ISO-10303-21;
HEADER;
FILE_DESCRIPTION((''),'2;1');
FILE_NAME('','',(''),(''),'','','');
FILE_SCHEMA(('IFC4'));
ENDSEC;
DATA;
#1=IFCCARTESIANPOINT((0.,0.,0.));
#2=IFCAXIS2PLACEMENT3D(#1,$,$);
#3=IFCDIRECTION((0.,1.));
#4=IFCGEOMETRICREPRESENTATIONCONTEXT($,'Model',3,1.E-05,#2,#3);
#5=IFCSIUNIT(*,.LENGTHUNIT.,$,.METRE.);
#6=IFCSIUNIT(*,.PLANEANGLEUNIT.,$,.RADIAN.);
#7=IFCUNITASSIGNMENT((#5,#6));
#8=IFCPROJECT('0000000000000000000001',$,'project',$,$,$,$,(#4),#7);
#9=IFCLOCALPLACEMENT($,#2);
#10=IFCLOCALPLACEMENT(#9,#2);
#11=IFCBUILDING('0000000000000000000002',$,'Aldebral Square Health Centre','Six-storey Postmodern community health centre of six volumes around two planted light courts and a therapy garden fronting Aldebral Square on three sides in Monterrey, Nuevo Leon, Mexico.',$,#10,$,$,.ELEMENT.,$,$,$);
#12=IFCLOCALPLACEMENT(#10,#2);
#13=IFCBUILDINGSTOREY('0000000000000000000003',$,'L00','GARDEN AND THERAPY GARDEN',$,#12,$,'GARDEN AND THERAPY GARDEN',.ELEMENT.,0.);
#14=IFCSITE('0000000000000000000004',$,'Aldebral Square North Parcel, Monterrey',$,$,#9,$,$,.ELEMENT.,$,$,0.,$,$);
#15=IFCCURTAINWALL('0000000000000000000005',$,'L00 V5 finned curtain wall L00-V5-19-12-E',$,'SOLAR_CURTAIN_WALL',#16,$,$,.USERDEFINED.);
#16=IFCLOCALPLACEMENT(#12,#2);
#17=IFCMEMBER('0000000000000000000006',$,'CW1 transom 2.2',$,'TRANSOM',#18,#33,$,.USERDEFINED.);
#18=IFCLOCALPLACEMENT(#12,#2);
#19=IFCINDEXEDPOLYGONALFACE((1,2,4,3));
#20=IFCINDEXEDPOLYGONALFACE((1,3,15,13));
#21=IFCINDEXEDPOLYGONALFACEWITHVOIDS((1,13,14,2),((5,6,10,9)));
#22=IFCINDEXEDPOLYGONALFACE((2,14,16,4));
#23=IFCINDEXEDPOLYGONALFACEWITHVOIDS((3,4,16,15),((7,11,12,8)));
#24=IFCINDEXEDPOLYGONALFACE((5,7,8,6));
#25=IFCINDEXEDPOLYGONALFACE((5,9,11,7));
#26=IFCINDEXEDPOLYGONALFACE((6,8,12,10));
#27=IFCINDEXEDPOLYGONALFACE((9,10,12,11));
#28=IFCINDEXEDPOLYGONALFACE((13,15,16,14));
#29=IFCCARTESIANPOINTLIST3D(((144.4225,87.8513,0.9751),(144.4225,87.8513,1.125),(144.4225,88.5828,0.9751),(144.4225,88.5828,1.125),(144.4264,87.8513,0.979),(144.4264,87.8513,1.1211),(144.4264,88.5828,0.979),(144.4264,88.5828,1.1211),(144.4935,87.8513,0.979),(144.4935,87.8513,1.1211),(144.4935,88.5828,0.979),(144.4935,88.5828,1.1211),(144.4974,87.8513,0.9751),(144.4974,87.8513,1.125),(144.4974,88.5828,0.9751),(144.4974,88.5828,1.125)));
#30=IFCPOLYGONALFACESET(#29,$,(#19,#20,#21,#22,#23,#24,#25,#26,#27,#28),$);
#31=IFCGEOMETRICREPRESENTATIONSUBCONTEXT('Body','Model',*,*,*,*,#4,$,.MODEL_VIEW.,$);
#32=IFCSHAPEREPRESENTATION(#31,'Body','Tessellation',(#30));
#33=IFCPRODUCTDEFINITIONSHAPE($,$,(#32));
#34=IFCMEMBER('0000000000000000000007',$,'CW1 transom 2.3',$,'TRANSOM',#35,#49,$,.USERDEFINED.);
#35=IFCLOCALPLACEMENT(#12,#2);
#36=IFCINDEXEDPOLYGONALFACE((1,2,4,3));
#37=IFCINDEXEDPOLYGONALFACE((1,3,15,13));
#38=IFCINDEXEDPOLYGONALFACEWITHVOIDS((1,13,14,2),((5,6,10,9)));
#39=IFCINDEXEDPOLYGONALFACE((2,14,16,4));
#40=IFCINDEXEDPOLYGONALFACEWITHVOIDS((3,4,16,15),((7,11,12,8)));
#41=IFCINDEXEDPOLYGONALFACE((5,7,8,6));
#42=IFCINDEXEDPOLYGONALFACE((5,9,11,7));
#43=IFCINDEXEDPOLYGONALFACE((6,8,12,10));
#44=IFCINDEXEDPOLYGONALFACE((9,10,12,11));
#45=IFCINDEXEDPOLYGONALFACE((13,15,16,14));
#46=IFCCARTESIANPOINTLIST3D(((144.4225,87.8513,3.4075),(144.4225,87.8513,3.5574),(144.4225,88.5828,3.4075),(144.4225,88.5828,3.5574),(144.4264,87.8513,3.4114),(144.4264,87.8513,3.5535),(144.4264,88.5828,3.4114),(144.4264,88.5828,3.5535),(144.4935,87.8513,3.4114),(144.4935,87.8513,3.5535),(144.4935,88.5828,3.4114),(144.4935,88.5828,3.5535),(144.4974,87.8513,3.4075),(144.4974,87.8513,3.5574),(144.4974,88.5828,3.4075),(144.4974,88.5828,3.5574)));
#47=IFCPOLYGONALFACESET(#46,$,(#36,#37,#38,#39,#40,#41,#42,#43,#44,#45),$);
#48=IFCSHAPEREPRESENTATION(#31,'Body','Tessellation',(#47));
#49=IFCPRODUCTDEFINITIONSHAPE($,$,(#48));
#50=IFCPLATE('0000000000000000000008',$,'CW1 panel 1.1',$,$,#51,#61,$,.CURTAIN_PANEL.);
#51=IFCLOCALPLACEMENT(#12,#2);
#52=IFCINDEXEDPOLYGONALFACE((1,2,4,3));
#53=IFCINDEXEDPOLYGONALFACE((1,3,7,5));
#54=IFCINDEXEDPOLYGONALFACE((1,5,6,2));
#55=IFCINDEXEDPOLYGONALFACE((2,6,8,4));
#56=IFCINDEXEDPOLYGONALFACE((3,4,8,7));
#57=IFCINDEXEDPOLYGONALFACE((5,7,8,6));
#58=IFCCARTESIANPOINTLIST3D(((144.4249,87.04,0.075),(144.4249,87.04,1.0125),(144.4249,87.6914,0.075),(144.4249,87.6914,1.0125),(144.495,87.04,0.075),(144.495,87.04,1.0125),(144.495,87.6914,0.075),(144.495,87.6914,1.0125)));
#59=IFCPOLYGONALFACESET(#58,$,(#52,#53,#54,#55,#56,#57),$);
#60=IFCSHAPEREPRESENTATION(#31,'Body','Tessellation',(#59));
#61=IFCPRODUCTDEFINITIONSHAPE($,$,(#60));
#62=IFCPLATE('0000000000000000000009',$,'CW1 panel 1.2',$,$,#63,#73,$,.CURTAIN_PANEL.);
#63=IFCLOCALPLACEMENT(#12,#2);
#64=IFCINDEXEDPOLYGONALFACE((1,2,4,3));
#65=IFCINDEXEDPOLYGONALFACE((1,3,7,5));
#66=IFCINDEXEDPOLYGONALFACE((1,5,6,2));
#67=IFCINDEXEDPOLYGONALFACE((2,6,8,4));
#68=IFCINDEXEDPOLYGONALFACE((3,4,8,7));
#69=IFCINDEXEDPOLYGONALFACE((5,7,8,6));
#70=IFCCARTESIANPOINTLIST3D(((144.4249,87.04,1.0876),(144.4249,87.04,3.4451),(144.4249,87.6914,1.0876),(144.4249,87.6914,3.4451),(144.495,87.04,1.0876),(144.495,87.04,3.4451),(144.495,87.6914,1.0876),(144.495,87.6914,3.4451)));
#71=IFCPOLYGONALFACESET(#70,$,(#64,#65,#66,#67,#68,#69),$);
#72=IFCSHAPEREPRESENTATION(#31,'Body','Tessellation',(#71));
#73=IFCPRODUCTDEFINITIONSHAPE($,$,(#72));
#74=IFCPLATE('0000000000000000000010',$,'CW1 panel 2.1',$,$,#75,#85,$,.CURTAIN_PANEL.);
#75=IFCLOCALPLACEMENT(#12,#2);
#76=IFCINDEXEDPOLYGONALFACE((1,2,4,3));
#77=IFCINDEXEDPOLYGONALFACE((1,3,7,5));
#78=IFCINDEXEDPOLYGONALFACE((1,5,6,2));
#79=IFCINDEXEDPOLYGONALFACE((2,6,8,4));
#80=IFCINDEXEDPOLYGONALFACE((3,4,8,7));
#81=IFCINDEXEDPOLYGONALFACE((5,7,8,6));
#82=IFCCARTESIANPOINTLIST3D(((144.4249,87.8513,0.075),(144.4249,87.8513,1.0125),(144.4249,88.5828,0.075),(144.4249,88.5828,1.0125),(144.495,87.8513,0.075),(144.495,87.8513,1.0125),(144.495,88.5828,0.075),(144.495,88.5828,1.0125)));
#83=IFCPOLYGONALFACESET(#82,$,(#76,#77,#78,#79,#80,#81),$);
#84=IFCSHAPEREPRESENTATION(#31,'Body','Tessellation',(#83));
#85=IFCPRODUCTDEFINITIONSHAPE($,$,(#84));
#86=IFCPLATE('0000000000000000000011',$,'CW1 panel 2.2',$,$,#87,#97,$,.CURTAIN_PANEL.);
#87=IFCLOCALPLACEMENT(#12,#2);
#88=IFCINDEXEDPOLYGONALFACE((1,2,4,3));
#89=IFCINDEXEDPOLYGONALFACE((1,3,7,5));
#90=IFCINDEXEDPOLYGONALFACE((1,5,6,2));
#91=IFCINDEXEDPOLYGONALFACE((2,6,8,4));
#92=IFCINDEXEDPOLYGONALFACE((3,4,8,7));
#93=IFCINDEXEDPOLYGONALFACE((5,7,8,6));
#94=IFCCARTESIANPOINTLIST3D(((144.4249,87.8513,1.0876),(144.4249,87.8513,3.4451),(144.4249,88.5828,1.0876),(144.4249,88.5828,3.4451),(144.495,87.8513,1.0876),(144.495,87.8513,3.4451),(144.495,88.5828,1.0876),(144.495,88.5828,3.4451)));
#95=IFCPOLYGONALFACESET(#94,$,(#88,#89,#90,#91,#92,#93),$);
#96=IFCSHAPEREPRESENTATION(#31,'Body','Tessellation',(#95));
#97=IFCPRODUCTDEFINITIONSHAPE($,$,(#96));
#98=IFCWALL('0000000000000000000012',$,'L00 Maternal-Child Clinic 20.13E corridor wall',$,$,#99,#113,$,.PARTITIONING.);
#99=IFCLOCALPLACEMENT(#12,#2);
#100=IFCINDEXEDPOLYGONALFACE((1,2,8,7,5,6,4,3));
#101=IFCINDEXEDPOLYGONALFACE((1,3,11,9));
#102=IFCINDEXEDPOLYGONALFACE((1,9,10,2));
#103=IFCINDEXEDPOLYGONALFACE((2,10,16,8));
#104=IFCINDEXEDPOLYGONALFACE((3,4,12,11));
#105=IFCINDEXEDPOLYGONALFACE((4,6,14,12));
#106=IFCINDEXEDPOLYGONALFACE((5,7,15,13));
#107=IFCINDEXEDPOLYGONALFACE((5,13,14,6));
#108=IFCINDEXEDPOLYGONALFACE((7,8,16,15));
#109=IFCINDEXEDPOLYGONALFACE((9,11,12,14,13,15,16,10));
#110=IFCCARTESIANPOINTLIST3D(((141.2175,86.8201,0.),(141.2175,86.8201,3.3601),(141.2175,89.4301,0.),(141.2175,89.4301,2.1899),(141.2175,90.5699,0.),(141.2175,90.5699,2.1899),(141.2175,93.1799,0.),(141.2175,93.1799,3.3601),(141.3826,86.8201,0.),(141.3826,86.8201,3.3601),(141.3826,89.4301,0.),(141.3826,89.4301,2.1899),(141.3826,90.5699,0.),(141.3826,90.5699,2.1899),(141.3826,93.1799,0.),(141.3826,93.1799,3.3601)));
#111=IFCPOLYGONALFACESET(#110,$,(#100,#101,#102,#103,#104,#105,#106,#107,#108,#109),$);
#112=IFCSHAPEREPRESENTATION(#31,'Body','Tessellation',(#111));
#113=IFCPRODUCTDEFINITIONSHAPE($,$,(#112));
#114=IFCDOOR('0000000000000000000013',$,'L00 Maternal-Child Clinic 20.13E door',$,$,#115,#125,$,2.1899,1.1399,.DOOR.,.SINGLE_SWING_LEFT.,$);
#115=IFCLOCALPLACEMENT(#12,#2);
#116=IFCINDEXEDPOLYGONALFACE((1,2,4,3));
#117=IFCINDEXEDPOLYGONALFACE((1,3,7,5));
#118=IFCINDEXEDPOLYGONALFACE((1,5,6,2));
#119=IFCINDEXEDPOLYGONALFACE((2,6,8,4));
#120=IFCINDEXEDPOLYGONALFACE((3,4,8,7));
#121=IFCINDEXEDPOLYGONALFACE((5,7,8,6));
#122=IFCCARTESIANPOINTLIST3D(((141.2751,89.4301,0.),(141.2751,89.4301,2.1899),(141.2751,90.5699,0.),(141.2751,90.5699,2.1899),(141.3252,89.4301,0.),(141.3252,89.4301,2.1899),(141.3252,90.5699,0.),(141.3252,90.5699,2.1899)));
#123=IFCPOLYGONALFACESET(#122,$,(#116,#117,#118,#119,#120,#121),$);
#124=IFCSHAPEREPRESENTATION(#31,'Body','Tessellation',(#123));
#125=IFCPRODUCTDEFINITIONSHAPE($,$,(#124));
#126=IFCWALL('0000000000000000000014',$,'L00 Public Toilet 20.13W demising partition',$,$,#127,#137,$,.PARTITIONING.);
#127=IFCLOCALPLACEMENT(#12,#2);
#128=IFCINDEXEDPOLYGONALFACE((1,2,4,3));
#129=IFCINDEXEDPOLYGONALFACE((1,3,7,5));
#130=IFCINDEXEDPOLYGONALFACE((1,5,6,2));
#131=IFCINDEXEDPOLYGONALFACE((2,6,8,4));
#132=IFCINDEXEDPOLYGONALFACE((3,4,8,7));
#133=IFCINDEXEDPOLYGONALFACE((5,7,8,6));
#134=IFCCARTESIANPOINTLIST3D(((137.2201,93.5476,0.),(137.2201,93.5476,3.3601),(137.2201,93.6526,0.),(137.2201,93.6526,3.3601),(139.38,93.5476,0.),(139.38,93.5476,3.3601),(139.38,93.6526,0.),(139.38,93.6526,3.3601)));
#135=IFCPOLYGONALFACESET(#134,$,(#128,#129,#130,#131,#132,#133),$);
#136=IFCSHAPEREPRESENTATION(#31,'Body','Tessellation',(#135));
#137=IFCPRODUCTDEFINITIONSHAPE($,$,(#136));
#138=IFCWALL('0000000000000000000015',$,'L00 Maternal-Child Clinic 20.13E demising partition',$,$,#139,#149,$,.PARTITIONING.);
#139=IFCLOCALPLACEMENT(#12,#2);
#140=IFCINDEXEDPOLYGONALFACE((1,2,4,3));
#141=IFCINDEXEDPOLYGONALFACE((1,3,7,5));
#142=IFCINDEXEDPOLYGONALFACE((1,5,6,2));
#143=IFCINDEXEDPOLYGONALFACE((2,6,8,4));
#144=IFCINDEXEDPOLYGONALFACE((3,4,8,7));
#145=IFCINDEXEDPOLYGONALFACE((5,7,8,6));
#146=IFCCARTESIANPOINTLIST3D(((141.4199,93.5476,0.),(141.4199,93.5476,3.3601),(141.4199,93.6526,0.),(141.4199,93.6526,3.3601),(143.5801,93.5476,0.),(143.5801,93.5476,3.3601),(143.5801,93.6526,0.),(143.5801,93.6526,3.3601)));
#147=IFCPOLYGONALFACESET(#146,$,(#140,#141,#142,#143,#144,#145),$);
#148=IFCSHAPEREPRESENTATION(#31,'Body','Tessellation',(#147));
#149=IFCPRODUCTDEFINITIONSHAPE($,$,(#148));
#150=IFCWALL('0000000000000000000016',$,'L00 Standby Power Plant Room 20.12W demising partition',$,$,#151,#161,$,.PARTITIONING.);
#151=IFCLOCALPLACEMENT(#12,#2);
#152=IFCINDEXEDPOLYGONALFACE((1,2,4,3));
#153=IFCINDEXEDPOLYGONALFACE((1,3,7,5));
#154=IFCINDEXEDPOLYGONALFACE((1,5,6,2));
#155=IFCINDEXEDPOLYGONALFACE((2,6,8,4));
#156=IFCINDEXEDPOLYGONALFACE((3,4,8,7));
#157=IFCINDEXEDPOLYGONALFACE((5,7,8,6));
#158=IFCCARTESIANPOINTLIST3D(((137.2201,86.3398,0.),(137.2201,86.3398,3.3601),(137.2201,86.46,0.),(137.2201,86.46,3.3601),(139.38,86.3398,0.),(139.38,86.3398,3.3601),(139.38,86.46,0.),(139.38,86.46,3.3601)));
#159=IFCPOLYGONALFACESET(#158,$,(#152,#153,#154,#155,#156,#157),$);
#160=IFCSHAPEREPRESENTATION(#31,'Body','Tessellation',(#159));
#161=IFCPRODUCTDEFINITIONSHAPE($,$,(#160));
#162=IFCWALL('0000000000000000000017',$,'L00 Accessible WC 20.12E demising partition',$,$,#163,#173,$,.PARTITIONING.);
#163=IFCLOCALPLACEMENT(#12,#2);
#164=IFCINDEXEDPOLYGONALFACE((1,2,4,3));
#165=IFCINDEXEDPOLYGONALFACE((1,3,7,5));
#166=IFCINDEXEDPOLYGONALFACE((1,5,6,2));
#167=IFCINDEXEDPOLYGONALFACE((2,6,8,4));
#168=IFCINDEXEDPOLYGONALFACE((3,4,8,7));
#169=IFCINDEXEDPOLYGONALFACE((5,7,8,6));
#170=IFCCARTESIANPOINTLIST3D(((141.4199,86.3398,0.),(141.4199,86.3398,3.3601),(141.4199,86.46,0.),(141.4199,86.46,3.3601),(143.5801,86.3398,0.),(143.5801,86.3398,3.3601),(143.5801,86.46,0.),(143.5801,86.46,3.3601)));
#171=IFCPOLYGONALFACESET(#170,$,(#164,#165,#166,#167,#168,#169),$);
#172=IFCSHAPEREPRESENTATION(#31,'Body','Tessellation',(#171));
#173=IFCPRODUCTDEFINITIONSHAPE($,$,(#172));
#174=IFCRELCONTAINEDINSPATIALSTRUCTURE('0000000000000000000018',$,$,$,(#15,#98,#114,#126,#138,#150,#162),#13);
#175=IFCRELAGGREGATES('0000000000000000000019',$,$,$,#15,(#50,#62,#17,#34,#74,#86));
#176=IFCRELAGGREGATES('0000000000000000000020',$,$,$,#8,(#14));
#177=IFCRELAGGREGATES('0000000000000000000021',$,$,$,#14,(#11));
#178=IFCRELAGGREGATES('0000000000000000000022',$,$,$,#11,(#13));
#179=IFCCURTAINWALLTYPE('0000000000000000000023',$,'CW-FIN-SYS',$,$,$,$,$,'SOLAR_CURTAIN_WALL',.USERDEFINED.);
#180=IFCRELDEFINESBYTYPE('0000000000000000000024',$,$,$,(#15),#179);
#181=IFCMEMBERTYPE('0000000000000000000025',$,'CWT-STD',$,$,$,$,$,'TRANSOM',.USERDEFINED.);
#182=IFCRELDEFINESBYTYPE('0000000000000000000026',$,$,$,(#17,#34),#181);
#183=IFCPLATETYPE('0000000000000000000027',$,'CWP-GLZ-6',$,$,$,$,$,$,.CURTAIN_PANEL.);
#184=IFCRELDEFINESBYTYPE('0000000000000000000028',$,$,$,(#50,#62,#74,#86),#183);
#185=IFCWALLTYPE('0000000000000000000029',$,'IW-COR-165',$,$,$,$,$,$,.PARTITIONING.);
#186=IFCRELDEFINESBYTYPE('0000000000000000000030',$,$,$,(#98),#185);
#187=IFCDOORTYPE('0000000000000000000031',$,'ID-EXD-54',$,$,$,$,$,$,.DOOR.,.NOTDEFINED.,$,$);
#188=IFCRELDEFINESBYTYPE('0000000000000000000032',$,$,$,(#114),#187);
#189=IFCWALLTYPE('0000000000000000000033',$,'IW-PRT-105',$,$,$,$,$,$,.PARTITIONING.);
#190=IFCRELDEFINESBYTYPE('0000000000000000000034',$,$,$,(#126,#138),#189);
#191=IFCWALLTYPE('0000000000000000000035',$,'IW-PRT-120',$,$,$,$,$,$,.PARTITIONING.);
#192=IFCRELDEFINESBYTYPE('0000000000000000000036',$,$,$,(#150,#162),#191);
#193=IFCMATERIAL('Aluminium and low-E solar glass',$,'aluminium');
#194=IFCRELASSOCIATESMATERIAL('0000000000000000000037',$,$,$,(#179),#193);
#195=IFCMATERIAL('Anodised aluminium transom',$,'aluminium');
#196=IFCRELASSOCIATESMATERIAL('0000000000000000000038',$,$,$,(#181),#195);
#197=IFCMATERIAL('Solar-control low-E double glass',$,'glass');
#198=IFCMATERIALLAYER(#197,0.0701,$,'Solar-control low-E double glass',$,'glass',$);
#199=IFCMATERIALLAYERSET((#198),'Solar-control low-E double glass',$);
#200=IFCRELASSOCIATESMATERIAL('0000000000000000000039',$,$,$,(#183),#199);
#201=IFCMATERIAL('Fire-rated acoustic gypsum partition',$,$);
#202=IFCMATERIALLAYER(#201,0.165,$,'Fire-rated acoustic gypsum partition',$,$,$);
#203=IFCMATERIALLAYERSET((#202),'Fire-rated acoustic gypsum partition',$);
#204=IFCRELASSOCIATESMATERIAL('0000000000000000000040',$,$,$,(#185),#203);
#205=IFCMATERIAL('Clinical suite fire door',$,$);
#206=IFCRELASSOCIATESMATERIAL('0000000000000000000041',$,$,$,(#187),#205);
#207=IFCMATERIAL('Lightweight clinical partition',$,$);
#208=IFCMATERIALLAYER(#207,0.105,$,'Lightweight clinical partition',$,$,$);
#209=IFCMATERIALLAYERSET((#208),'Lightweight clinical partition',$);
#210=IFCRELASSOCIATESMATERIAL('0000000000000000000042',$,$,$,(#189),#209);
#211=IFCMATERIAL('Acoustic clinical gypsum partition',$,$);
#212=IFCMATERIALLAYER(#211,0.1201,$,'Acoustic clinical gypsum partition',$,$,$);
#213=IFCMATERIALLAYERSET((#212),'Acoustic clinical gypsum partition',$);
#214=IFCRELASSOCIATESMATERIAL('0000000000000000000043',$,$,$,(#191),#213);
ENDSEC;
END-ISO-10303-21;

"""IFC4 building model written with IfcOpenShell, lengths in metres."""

from ifc_helpers import new_model, si_unit, direction, frame, frame_2d, origin, origin_2d, place, context, subcontext, project, spatial, rectangle, hollow_rectangle, extrude, material, layer, layer_set, material_profile, profile_set, type_object, element, fill, aggregate, save


model = new_model("IFC4")

# Units and contexts
model_context = context("Model", 3, precision=1e-05, world=origin(), true_north=direction((0.0, 1.0)))
body_context = subcontext(model_context, "Body", "Model", "MODEL_VIEW")
ifc_project = project(units=[si_unit("LENGTHUNIT", "METRE"), si_unit("PLANEANGLEUNIT", "RADIAN")], contexts=[model_context])

# Site, building, storey
site_placement = place(None, origin())
site = spatial("IfcSite", under=ifc_project, at=site_placement, Name="Aldebral Square North Parcel, Monterrey", CompositionType="ELEMENT", RefElevation=0.0)
building_placement = place(site_placement, origin())
building = spatial("IfcBuilding", under=site, at=building_placement, Name="Aldebral Square Health Centre", Description="Six-storey Postmodern community health centre of six volumes around two planted light courts and a therapy garden fronting Aldebral Square on three sides in Monterrey, Nuevo Leon, Mexico.", CompositionType="ELEMENT")
storey_placement = place(building_placement, origin())
storey = spatial("IfcBuildingStorey", under=building, at=storey_placement, Name="L00", Description="GARDEN AND THERAPY GARDEN", LongName="GARDEN AND THERAPY GARDEN", CompositionType="ELEMENT", Elevation=0.0)

# Curtain wall, members, plates
ifc_material_1 = material(Name="Aluminium and low-E solar glass", Category="aluminium")
curtain_wall_type = type_object("IfcCurtainWallType", Name="CW-FIN-SYS", ElementType="SOLAR_CURTAIN_WALL", PredefinedType="USERDEFINED", material=ifc_material_1)
curtain_wall_placement = place(storey_placement, origin())
curtain_wall = element("IfcCurtainWall", 1, at=curtain_wall_placement, inside=storey, type_object=curtain_wall_type, Name="L00 V5 finned curtain wall L00-V5-19-12-E", ObjectType="SOLAR_CURTAIN_WALL", PredefinedType="USERDEFINED")
ifc_material_2 = material(Name="Anodised aluminium transom", Category="aluminium")
ifc_material_profile_1 = material_profile(ifc_material_2, hollow_rectangle(XDim=0.075, YDim=0.1499, WallThickness=0.0039, at=origin_2d()), Name="CWT 75x150x4")
ifc_profile_set_1 = profile_set([ifc_material_profile_1], Name="Anodised aluminium transom")
member_type_1 = type_object("IfcMemberType", Name="CWT-STD", ElementType="TRANSOM", PredefinedType="USERDEFINED", material=ifc_profile_set_1)
member_1_placement = place(storey_placement, frame((144.46, 87.8513, 1.05), z_axis=(0.0, 1.0, 0.0), x_axis=(-1.0, 0.0, 0.0)))
member_1 = element("IfcMember", 2, at=member_1_placement, type_object=member_type_1, Name="CW1 transom 2.2", ObjectType="TRANSOM", PredefinedType="USERDEFINED", context=body_context, shape_type="SweptSolid", body=[
    extrude(hollow_rectangle(XDim=0.075, YDim=0.1499, WallThickness=0.0039, at=origin_2d()), origin(), (0.0, 0.0, 1.0), 0.7314),
])
member_2_placement = place(storey_placement, frame((144.46, 87.8513, 3.4824), z_axis=(0.0, 1.0, 0.0), x_axis=(-1.0, 0.0, 0.0)))
member_2 = element("IfcMember", 3, at=member_2_placement, type_object=member_type_1, Name="CW1 transom 2.3", ObjectType="TRANSOM", PredefinedType="USERDEFINED", context=body_context, shape_type="SweptSolid", body=[
    extrude(hollow_rectangle(XDim=0.075, YDim=0.1499, WallThickness=0.0039, at=origin_2d()), origin(), (0.0, 0.0, 1.0), 0.7314),
])
ifc_material_3 = material(Name="Solar-control low-E double glass", Category="glass")
ifc_layer_1 = layer(ifc_material_3, 0.0701, Name="Solar-control low-E double glass", Category="glass")
ifc_layer_set_1 = layer_set([ifc_layer_1], Name="Solar-control low-E double glass")
plate_type = type_object("IfcPlateType", Name="CWP-GLZ-6", PredefinedType="CURTAIN_PANEL", material=ifc_layer_set_1)
plate_1_placement = place(storey_placement, frame((144.46, 87.3657, 0.075), z_axis=(0.0, 0.0, 1.0), x_axis=(0.0, 1.0, 0.0)))
plate_1 = element("IfcPlate", 4, at=plate_1_placement, type_object=plate_type, Name="CW1 panel 1.1", PredefinedType="CURTAIN_PANEL", context=body_context, shape_type="SweptSolid", body=[
    extrude(rectangle(XDim=0.6514, YDim=0.0701, at=origin_2d()), origin(), (0.0, 0.0, 1.0), 0.9375),
])
plate_2_placement = place(storey_placement, frame((144.46, 87.3657, 1.0876), z_axis=(0.0, 0.0, 1.0), x_axis=(0.0, 1.0, 0.0)))
plate_2 = element("IfcPlate", 5, at=plate_2_placement, type_object=plate_type, Name="CW1 panel 1.2", PredefinedType="CURTAIN_PANEL", context=body_context, shape_type="SweptSolid", body=[
    extrude(rectangle(XDim=0.6514, YDim=0.0701, at=origin_2d()), origin(), (0.0, 0.0, 1.0), 2.3574),
])
plate_3_placement = place(storey_placement, frame((144.46, 88.217, 0.075), z_axis=(0.0, 0.0, 1.0), x_axis=(0.0, 1.0, 0.0)))
plate_3 = element("IfcPlate", 6, at=plate_3_placement, type_object=plate_type, Name="CW1 panel 2.1", PredefinedType="CURTAIN_PANEL", context=body_context, shape_type="SweptSolid", body=[
    extrude(rectangle(XDim=0.7314, YDim=0.0701, at=origin_2d()), origin(), (0.0, 0.0, 1.0), 0.9375),
])
plate_4_placement = place(storey_placement, frame((144.46, 88.217, 1.0876), z_axis=(0.0, 0.0, 1.0), x_axis=(0.0, 1.0, 0.0)))
plate_4 = element("IfcPlate", 7, at=plate_4_placement, type_object=plate_type, Name="CW1 panel 2.2", PredefinedType="CURTAIN_PANEL", context=body_context, shape_type="SweptSolid", body=[
    extrude(rectangle(XDim=0.7314, YDim=0.0701, at=origin_2d()), origin(), (0.0, 0.0, 1.0), 2.3574),
])
aggregate(curtain_wall, [plate_1, plate_2, member_1, member_2, plate_3, plate_4])

# Wall, opening, door
ifc_material_4 = material(Name="Fire-rated acoustic gypsum partition")
ifc_layer_2 = layer(ifc_material_4, 0.165, Name="Fire-rated acoustic gypsum partition")
ifc_layer_set_2 = layer_set([ifc_layer_2], Name="Fire-rated acoustic gypsum partition")
wall_type_1 = type_object("IfcWallType", Name="IW-COR-165", PredefinedType="PARTITIONING", material=ifc_layer_set_2)
wall_1_placement = place(storey_placement, frame((141.3, 86.8201, 0.0), z_axis=(0.0, 0.0, 1.0), x_axis=(0.0, 1.0, 0.0)))
wall_1 = element("IfcWall", 8, at=wall_1_placement, inside=storey, type_object=wall_type_1, Name="L00 Maternal-Child Clinic 20.13E corridor wall", PredefinedType="PARTITIONING", context=body_context, shape_type="SweptSolid", body=[
    extrude(rectangle(XDim=6.3599, YDim=0.165, at=frame_2d((3.1799, 0.0))), origin(), (0.0, 0.0, 1.0), 3.3601),
])
opening_1_placement = place(wall_1_placement, frame((2.6101, 0.0, 0.0)))
opening_1 = element("IfcOpeningElement", 9, at=opening_1_placement, cuts=wall_1, PredefinedType="OPENING", context=body_context, shape_type="SweptSolid", body=[
    extrude(rectangle(XDim=1.1399, YDim=2.1899, at=frame_2d((0.5698, 1.095))), frame((0.0, 0.0925, 0.0), z_axis=(0.0, -1.0, 0.0), x_axis=(1.0, 0.0, 0.0)), (0.0, 0.0, 1.0), 0.1851),
])
ifc_material_5 = material(Name="Clinical suite fire door")
door_type_1 = type_object("IfcDoorType", Name="ID-EXD-54", OperationType="NOTDEFINED", PredefinedType="DOOR", material=ifc_material_5)
door_1_placement = place(opening_1_placement, origin())
door_1 = element("IfcDoor", 10, at=door_1_placement, inside=storey, type_object=door_type_1, Name="L00 Maternal-Child Clinic 20.13E door", OperationType="SINGLE_SWING_LEFT", OverallHeight=2.1899, OverallWidth=1.1399, PredefinedType="DOOR", context=body_context, shape_type="SweptSolid", body=[
    extrude(rectangle(XDim=1.1399, YDim=2.1899, at=frame_2d((0.5698, 1.095))), frame((0.0, 0.0249, 0.0), z_axis=(0.0, -1.0, 0.0), x_axis=(1.0, 0.0, 0.0)), (0.0, 0.0, 1.0), 0.05),
])
fill(opening_1, door_1)

# Walls
ifc_material_6 = material(Name="Lightweight clinical partition")
ifc_layer_3 = layer(ifc_material_6, 0.105, Name="Lightweight clinical partition")
ifc_layer_set_3 = layer_set([ifc_layer_3], Name="Lightweight clinical partition")
wall_type_2 = type_object("IfcWallType", Name="IW-PRT-105", PredefinedType="PARTITIONING", material=ifc_layer_set_3)
wall_2_placement = place(storey_placement, frame((137.22, 93.6001, 0.0), z_axis=(0.0, 0.0, 1.0), x_axis=(1.0, 0.0, 0.0)))
element("IfcWall", 11, at=wall_2_placement, inside=storey, type_object=wall_type_2, Name="L00 Public Toilet 20.13W demising partition", PredefinedType="PARTITIONING", context=body_context, shape_type="SweptSolid", body=[
    extrude(rectangle(XDim=2.1599, YDim=0.105, at=frame_2d((1.0801, 0.0))), origin(), (0.0, 0.0, 1.0), 3.3601),
])
wall_3_placement = place(storey_placement, frame((141.4199, 93.6001, 0.0), z_axis=(0.0, 0.0, 1.0), x_axis=(1.0, 0.0, 0.0)))
element("IfcWall", 12, at=wall_3_placement, inside=storey, type_object=wall_type_2, Name="L00 Maternal-Child Clinic 20.13E demising partition", PredefinedType="PARTITIONING", context=body_context, shape_type="SweptSolid", body=[
    extrude(rectangle(XDim=2.1602, YDim=0.105, at=frame_2d((1.0801, 0.0))), origin(), (0.0, 0.0, 1.0), 3.3601),
])
ifc_material_7 = material(Name="Acoustic clinical gypsum partition")
ifc_layer_4 = layer(ifc_material_7, 0.1201, Name="Acoustic clinical gypsum partition")
ifc_layer_set_4 = layer_set([ifc_layer_4], Name="Acoustic clinical gypsum partition")
wall_type_3 = type_object("IfcWallType", Name="IW-PRT-120", PredefinedType="PARTITIONING", material=ifc_layer_set_4)
wall_4_placement = place(storey_placement, frame((137.22, 86.3999, 0.0), z_axis=(0.0, 0.0, 1.0), x_axis=(1.0, 0.0, 0.0)))
element("IfcWall", 13, at=wall_4_placement, inside=storey, type_object=wall_type_3, Name="L00 Standby Power Plant Room 20.12W demising partition", PredefinedType="PARTITIONING", context=body_context, shape_type="SweptSolid", body=[
    extrude(rectangle(XDim=2.1599, YDim=0.1201, at=frame_2d((1.0801, 0.0))), origin(), (0.0, 0.0, 1.0), 3.3601),
])
wall_5_placement = place(storey_placement, frame((141.4199, 86.3999, 0.0), z_axis=(0.0, 0.0, 1.0), x_axis=(1.0, 0.0, 0.0)))
element("IfcWall", 14, at=wall_5_placement, inside=storey, type_object=wall_type_3, Name="L00 Accessible WC 20.12E demising partition", PredefinedType="PARTITIONING", context=body_context, shape_type="SweptSolid", body=[
    extrude(rectangle(XDim=2.1602, YDim=0.1201, at=frame_2d((1.0801, 0.0))), origin(), (0.0, 0.0, 1.0), 3.3601),
])

save(model, "model.ifc")
